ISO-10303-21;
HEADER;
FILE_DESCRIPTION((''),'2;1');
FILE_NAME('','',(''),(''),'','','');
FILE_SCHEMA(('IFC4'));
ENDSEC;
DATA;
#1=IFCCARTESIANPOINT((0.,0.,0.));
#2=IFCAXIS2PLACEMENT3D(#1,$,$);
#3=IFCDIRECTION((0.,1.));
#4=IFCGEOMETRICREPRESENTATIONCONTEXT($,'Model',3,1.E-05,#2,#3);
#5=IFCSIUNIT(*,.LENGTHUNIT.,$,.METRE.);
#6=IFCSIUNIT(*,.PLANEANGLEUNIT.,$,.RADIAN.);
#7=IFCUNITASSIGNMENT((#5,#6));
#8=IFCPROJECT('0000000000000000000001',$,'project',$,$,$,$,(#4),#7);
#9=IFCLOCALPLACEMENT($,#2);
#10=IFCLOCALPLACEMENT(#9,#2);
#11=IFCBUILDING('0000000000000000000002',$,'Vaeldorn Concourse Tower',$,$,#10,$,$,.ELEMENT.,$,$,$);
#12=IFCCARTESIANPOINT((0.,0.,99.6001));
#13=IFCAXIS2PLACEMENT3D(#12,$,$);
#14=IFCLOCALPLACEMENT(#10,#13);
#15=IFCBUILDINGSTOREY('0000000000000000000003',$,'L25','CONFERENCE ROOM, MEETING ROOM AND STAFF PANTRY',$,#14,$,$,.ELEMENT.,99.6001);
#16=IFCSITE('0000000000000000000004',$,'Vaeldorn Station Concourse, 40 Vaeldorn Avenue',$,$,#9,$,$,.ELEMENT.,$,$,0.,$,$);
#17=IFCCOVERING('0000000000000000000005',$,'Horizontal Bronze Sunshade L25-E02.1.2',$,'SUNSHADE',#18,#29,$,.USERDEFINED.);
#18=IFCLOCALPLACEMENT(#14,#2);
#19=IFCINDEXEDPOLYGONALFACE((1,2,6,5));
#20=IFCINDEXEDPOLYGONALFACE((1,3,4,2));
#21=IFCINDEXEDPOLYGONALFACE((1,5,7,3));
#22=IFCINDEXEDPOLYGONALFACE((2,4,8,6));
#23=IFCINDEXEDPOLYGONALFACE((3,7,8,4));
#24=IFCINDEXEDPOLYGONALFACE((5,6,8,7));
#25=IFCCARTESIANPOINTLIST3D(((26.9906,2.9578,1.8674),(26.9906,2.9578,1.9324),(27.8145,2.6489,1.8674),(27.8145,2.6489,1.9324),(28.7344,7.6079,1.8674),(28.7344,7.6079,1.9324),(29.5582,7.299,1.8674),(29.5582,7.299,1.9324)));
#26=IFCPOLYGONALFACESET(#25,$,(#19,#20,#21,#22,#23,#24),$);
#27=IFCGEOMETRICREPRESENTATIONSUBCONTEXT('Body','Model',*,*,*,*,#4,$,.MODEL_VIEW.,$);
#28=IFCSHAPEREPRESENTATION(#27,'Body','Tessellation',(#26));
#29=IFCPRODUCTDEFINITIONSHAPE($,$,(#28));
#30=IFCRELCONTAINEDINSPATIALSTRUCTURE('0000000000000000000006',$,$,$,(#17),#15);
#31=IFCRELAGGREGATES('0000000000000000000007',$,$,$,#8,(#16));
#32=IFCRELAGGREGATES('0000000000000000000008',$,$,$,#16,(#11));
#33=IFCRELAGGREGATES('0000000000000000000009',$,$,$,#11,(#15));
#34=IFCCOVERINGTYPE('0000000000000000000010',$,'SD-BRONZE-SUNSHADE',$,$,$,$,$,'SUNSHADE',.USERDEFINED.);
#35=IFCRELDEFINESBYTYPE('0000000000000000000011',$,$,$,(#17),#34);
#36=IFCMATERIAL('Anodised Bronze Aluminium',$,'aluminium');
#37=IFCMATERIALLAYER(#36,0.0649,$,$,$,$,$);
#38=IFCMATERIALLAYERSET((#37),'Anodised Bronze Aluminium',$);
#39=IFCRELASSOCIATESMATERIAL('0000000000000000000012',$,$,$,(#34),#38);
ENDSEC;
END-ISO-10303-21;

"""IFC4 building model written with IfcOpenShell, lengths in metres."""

from ifc_helpers import new_model, si_unit, direction, frame, origin, origin_2d, place, context, subcontext, project, spatial, rectangle, extrude, source, transform, mapped, material, layer, layer_set, type_object, element, save


model = new_model("IFC4")

# Units and contexts
model_context = context("Model", 3, precision=1e-05, world=origin(), true_north=direction((0.0, 1.0)))
body_context = subcontext(model_context, "Body", "Model", "MODEL_VIEW")
ifc_project = project(units=[si_unit("LENGTHUNIT", "METRE"), si_unit("PLANEANGLEUNIT", "RADIAN")], contexts=[model_context])

# Site, building, storey
site_placement = place(None, origin())
site = spatial("IfcSite", under=ifc_project, at=site_placement, Name="Vaeldorn Station Concourse, 40 Vaeldorn Avenue", CompositionType="ELEMENT", RefElevation=0.0)
building_placement = place(site_placement, origin())
building = spatial("IfcBuilding", under=site, at=building_placement, Name="Vaeldorn Concourse Tower", CompositionType="ELEMENT")
storey_placement = place(building_placement, frame((0.0, 0.0, 99.6001)))
storey = spatial("IfcBuildingStorey", under=building, at=storey_placement, Name="L25", Description="CONFERENCE ROOM, MEETING ROOM AND STAFF PANTRY", CompositionType="ELEMENT", Elevation=99.6001)

# Shared definitions
ifc_material_1 = material(Name="Anodised Bronze Aluminium", Category="aluminium")

# Covering
ifc_layer_1 = layer(ifc_material_1, 0.0649)
ifc_layer_set_1 = layer_set([ifc_layer_1], Name="Anodised Bronze Aluminium")
covering_type = type_object("IfcCoveringType", Name="SD-BRONZE-SUNSHADE", ElementType="SUNSHADE", PredefinedType="USERDEFINED", material=ifc_layer_set_1)
shared_shape_1 = source(origin(), body_context, "Body", "SweptSolid", [
    extrude(rectangle(XDim=4.9663, YDim=0.8799, at=origin_2d()), origin(), (0.0, 0.0, 1.0), 0.0649),
])
for number, where, z_axis, x_axis, name in (
    (1, (28.2744, 5.1284, 1.8674), (0.0, 0.0, 1.0), (0.351123, 0.936329, 0.0), "Horizontal Bronze Sunshade L25-E02.1.2"),
):
    element("IfcCovering", number, at=place(storey_placement, frame(where, z_axis=z_axis, x_axis=x_axis)), inside=storey, type_object=covering_type, Name=name, ObjectType="SUNSHADE", PredefinedType="USERDEFINED", context=body_context, shape_type="MappedRepresentation", body=[
        mapped(shared_shape_1, transform((0.0, 0.0, 0.0), scale=1.0)),
    ])

save(model, "model.ifc")
